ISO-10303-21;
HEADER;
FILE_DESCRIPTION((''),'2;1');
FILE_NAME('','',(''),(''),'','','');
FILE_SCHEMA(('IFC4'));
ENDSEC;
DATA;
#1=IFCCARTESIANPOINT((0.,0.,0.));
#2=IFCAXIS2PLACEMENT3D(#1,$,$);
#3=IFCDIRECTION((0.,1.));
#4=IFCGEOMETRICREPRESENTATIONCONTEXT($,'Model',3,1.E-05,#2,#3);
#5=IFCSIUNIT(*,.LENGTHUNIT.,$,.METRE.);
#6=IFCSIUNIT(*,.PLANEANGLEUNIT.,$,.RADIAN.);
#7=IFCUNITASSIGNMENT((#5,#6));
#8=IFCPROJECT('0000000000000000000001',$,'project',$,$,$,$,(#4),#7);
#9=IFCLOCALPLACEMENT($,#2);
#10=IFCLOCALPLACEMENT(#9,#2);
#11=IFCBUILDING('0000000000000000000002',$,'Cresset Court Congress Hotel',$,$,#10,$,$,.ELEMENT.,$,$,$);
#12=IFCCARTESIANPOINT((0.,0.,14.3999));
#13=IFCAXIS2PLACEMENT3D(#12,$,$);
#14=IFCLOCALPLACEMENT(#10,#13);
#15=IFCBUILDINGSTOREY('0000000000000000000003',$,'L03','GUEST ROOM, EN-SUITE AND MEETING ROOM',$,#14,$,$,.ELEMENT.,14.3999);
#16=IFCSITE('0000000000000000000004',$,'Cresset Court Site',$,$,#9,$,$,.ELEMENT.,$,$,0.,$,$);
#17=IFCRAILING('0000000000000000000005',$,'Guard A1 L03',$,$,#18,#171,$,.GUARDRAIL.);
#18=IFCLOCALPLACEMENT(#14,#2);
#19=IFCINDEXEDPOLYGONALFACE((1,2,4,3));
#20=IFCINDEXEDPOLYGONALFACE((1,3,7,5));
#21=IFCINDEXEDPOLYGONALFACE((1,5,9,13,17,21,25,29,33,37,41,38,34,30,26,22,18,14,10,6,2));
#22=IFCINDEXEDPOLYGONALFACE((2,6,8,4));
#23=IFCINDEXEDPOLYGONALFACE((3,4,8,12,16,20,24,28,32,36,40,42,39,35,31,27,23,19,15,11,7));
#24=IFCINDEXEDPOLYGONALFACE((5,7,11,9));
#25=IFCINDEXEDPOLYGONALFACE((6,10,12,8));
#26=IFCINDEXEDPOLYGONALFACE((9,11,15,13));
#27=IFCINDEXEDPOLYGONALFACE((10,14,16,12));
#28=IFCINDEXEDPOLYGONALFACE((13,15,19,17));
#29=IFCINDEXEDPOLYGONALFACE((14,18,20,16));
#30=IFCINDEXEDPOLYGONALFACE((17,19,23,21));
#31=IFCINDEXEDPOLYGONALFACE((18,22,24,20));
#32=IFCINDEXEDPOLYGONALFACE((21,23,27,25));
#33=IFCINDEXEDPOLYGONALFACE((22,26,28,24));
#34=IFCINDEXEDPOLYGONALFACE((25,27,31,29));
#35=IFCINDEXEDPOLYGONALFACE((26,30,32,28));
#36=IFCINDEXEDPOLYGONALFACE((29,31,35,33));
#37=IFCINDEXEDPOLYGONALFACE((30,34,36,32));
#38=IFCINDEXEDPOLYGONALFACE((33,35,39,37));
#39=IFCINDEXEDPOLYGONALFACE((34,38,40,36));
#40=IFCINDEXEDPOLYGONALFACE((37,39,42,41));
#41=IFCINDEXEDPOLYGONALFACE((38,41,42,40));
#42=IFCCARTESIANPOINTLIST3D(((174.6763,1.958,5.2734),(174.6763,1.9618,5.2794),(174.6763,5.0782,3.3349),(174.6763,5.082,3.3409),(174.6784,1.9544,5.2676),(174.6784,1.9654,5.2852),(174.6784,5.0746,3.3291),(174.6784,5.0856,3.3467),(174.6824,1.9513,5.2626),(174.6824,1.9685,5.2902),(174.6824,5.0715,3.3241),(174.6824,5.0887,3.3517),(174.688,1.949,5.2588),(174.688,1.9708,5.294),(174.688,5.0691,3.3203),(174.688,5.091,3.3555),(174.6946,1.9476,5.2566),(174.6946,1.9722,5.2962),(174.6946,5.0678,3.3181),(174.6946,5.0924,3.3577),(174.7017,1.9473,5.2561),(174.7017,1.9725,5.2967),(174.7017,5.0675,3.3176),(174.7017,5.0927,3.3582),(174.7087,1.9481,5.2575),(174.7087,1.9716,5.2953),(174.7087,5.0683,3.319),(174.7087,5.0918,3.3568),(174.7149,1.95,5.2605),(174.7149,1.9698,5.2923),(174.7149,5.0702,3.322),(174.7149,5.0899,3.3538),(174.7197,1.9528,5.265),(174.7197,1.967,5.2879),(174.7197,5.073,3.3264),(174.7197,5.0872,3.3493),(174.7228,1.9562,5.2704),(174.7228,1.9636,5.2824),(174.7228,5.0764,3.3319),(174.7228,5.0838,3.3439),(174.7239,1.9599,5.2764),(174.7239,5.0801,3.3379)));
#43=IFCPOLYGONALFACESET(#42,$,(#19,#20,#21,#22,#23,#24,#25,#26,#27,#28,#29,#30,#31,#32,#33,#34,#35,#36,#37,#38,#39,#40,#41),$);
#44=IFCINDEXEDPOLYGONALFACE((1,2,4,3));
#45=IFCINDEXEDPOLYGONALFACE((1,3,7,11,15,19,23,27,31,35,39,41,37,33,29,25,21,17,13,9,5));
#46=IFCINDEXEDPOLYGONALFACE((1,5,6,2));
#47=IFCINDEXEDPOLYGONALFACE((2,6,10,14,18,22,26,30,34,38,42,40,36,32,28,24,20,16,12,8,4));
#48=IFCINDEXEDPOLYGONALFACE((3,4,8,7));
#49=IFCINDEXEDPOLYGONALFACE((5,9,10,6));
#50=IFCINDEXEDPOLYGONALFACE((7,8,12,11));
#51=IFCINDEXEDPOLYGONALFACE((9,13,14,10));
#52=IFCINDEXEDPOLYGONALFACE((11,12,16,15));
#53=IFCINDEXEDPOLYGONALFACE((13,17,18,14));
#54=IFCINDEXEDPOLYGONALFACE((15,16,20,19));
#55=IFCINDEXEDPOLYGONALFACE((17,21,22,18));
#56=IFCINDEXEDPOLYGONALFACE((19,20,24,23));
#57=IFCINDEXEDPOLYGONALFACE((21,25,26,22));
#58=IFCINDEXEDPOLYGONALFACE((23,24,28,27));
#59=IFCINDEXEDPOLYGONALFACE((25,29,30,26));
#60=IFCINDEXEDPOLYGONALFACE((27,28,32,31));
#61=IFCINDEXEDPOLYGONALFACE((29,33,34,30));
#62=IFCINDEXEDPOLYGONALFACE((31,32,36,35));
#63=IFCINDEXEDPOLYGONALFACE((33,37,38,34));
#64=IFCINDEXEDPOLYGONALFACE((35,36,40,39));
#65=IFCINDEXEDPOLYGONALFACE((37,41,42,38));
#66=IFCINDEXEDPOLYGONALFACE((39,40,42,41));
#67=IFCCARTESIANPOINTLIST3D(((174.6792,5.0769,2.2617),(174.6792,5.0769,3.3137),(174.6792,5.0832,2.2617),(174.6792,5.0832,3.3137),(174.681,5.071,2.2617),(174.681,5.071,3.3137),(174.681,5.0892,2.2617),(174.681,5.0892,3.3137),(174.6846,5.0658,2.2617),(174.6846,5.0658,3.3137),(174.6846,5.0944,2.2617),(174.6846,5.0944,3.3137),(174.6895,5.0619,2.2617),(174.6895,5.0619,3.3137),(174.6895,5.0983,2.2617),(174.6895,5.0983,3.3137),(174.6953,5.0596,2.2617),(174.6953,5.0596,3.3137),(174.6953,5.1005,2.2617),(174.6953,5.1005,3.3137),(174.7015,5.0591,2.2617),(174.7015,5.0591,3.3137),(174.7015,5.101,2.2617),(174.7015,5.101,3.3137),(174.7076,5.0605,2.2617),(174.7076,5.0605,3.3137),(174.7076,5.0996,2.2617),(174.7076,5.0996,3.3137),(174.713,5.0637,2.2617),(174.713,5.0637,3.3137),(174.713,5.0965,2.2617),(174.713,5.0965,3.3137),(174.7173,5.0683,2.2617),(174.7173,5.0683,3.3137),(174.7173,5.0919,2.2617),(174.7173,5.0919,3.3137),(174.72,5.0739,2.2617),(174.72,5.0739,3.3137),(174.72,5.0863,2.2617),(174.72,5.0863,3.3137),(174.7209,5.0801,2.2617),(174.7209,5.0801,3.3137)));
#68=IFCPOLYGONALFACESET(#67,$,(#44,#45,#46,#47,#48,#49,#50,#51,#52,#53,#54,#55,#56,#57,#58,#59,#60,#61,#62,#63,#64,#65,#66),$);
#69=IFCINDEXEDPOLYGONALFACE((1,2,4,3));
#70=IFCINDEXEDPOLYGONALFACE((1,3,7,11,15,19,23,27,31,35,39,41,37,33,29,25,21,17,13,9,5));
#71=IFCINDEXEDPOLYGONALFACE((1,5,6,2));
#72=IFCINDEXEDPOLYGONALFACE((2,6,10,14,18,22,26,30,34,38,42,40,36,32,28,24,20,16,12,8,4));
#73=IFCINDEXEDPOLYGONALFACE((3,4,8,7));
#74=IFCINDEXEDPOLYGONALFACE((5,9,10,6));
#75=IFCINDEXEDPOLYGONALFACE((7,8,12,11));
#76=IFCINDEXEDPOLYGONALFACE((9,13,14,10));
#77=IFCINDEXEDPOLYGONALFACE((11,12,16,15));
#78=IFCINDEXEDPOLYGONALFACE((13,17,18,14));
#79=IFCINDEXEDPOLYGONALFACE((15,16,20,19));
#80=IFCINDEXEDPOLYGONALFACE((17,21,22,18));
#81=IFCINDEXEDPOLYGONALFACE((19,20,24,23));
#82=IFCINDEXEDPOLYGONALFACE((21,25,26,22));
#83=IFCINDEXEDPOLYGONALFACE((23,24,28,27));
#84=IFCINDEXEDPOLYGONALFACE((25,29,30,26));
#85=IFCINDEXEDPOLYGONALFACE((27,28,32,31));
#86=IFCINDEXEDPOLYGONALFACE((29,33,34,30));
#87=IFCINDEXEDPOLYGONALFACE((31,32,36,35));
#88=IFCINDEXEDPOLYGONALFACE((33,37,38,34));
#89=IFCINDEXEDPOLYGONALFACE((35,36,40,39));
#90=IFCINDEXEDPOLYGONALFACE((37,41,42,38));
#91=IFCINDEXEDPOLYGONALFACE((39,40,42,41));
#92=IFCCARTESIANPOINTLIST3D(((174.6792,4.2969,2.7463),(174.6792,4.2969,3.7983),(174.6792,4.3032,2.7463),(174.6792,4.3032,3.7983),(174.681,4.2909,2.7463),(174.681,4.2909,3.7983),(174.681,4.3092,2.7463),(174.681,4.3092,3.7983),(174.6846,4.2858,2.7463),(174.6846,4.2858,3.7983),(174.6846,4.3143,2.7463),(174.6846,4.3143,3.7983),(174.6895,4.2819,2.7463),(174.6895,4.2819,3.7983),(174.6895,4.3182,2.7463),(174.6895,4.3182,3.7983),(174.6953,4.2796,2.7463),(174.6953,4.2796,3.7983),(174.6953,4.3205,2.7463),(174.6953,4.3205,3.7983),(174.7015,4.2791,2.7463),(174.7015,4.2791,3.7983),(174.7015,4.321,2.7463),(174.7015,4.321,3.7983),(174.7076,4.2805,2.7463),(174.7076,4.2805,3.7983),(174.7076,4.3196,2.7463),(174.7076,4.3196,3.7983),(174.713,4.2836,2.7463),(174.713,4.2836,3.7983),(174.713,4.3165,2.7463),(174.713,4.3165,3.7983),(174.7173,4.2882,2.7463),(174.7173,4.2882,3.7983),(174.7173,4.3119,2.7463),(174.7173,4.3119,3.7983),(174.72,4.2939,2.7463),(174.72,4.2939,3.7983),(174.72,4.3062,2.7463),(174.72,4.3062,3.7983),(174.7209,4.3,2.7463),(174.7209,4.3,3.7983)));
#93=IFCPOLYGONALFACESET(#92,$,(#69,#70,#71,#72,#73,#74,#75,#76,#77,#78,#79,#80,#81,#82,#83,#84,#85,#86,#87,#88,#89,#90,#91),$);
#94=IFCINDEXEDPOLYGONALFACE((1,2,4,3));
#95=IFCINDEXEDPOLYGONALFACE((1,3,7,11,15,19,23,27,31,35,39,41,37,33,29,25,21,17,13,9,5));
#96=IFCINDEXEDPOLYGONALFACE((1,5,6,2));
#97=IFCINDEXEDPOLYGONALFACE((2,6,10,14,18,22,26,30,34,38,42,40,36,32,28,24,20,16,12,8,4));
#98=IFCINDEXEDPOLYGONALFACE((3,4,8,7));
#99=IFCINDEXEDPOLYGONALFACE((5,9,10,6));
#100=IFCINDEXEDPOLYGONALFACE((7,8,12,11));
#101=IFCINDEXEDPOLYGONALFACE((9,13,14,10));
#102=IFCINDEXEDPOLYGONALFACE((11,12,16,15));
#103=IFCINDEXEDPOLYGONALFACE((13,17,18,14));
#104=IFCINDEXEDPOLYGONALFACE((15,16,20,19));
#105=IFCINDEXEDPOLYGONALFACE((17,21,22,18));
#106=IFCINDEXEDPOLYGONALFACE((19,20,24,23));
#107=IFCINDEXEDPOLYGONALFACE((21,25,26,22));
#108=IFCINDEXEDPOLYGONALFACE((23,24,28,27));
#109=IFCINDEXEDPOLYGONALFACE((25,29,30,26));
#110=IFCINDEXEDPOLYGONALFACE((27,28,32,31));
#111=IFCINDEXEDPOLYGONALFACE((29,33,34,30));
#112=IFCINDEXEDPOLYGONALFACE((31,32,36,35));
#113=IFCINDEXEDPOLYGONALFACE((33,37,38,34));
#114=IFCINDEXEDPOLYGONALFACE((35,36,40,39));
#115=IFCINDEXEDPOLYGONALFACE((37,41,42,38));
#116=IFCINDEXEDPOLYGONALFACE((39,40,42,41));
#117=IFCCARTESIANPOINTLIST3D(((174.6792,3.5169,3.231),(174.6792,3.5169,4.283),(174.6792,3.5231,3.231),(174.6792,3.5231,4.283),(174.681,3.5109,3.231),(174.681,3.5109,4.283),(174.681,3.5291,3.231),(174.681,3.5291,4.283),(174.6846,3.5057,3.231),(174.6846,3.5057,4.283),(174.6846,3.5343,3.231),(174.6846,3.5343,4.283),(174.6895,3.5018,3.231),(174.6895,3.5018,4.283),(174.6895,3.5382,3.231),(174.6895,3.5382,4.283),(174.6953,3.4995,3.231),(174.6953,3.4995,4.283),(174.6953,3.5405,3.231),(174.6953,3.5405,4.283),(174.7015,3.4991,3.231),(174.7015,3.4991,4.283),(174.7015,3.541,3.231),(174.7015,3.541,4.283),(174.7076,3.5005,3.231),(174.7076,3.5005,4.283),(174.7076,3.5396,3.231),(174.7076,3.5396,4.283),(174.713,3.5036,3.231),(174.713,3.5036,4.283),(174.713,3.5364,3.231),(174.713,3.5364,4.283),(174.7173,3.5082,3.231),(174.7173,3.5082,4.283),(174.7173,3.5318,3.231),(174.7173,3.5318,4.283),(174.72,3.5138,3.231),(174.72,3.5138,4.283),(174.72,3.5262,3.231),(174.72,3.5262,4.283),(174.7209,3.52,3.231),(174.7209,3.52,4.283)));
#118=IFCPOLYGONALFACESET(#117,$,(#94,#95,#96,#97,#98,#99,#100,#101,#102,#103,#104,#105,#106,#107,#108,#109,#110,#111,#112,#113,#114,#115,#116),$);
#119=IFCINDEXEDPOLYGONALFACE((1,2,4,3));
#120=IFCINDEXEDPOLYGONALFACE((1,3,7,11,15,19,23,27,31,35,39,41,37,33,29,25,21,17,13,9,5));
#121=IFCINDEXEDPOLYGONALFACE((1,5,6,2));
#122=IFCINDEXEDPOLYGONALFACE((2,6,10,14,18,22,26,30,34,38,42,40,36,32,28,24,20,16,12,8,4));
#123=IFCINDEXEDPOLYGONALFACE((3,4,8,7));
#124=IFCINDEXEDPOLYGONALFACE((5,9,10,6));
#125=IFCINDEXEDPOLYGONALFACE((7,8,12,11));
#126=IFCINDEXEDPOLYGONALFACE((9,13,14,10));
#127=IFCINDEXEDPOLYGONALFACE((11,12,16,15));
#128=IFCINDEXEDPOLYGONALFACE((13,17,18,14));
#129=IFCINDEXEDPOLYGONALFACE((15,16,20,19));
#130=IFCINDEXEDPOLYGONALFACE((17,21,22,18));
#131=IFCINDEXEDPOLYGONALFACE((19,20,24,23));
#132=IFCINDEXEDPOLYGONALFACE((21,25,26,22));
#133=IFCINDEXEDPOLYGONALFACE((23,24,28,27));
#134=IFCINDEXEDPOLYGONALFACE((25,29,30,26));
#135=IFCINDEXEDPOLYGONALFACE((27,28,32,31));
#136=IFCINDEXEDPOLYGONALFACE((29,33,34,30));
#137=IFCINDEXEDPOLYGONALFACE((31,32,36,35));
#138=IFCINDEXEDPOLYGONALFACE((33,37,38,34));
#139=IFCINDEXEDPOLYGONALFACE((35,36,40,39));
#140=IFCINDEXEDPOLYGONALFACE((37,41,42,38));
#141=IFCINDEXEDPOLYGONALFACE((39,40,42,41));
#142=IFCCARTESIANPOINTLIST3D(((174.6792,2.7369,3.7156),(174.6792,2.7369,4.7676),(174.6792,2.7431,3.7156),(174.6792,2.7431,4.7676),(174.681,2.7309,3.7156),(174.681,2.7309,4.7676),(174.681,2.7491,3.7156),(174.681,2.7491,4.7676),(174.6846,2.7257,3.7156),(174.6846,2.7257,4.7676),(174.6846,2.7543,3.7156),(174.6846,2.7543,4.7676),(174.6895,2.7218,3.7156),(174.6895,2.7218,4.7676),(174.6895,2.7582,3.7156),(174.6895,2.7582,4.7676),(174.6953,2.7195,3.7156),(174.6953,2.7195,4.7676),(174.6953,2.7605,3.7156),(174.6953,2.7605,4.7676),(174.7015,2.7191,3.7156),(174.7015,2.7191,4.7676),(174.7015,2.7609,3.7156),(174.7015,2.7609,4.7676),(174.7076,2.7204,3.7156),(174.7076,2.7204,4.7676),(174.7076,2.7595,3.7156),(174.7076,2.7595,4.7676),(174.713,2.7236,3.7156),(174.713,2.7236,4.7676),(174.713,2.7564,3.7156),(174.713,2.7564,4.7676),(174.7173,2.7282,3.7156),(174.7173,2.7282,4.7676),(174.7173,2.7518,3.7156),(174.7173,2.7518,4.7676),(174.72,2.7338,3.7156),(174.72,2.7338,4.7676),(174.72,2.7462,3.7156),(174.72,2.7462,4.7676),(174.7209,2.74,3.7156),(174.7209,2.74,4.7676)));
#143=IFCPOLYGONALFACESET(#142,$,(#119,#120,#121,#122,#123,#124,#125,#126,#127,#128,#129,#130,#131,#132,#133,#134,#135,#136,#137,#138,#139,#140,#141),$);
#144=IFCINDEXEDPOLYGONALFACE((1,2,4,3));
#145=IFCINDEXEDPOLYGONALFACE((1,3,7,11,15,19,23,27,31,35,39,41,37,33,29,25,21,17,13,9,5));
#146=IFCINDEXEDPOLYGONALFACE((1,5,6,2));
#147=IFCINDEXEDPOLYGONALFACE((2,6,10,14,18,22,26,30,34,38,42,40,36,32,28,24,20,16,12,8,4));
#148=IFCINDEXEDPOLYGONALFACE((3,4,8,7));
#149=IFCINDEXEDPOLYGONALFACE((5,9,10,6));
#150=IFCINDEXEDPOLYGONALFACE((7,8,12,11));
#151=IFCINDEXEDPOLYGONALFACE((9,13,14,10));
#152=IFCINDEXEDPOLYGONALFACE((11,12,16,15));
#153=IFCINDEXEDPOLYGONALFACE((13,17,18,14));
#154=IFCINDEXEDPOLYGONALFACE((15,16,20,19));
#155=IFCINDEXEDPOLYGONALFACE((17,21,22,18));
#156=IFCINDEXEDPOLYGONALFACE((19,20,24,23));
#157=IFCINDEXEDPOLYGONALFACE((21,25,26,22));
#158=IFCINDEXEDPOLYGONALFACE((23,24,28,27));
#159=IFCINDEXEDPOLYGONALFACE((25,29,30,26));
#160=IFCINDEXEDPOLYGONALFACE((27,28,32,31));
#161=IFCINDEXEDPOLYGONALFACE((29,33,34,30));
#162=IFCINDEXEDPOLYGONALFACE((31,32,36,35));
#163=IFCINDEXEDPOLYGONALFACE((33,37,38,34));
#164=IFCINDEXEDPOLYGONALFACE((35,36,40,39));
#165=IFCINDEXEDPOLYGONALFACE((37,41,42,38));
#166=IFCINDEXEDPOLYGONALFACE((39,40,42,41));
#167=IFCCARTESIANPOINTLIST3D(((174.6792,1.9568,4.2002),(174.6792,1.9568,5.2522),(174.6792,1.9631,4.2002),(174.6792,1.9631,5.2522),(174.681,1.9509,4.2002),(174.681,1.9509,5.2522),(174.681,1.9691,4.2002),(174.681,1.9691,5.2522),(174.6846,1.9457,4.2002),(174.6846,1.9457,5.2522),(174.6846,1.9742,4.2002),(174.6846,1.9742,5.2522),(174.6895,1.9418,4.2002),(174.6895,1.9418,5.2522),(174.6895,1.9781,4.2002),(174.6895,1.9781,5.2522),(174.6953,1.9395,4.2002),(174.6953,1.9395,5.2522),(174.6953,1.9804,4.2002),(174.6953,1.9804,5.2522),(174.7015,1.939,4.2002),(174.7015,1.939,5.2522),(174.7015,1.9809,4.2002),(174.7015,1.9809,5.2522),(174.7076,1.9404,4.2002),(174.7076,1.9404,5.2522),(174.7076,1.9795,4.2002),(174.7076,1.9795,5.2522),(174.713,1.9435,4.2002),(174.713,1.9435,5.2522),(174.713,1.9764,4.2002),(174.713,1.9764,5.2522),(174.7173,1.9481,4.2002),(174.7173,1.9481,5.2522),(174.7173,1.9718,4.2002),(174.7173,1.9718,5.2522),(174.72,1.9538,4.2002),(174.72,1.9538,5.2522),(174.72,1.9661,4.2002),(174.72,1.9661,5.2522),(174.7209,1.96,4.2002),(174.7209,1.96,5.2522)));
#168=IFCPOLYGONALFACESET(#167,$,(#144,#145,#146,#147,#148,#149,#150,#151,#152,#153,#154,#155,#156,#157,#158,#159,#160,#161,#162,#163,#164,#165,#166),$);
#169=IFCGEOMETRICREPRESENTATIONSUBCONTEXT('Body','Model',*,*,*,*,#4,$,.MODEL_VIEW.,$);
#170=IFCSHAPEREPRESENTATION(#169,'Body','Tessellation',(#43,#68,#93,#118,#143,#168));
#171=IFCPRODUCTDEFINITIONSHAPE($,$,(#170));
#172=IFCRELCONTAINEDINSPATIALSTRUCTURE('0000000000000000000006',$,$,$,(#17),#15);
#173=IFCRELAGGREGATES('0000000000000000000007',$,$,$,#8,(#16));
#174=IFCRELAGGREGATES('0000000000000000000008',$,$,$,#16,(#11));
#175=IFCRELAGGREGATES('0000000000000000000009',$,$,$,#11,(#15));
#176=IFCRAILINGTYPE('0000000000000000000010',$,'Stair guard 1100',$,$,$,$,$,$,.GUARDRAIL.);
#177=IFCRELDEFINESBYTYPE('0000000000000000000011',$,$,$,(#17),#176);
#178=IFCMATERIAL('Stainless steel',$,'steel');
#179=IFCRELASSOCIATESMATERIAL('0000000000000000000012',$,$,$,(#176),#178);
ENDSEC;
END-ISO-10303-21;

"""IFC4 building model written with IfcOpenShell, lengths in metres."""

from ifc_helpers import new_model, si_unit, direction, frame, origin, origin_2d, place, context, subcontext, project, spatial, circle, extrude, material, type_object, element, save


model = new_model("IFC4")

# Units and contexts
model_context = context("Model", 3, precision=1e-05, world=origin(), true_north=direction((0.0, 1.0)))
body_context = subcontext(model_context, "Body", "Model", "MODEL_VIEW")
ifc_project = project(units=[si_unit("LENGTHUNIT", "METRE"), si_unit("PLANEANGLEUNIT", "RADIAN")], contexts=[model_context])

# Site, building, storey
site_placement = place(None, origin())
site = spatial("IfcSite", under=ifc_project, at=site_placement, Name="Cresset Court Site", CompositionType="ELEMENT", RefElevation=0.0)
building_placement = place(site_placement, origin())
building = spatial("IfcBuilding", under=site, at=building_placement, Name="Cresset Court Congress Hotel", CompositionType="ELEMENT")
storey_placement = place(building_placement, frame((0.0, 0.0, 14.3999)))
storey = spatial("IfcBuildingStorey", under=building, at=storey_placement, Name="L03", Description="GUEST ROOM, EN-SUITE AND MEETING ROOM", CompositionType="ELEMENT", Elevation=14.3999)

# Railing
ifc_material_1 = material(Name="Stainless steel", Category="steel")
railing_type_1 = type_object("IfcRailingType", Name="Stair guard 1100", PredefinedType="GUARDRAIL", material=ifc_material_1)
railing_placement = place(storey_placement, frame((174.7, 5.0801, 2.2617)))
element("IfcRailing", 1, at=railing_placement, inside=storey, type_object=railing_type_1, Name="Guard A1 L03", PredefinedType="GUARDRAIL", context=body_context, shape_type="SweptSolid", body=[
    extrude(circle(Radius=0.0239, at=origin_2d()), frame((0.0, 0.0, 1.0762), z_axis=(0.0, -0.849414, 0.527727), x_axis=(1.0, 0.0, 0.0)), (0.0, 0.0, 1.0), 3.6733),
    extrude(circle(Radius=0.021, at=origin_2d()), origin(), (0.0, 0.0, 1.0), 1.052),
    extrude(circle(Radius=0.021, at=origin_2d()), frame((0.0, -0.78, 0.4846)), (0.0, 0.0, 1.0), 1.052),
    extrude(circle(Radius=0.021, at=origin_2d()), frame((0.0, -1.5601, 0.9692)), (0.0, 0.0, 1.0), 1.052),
    extrude(circle(Radius=0.021, at=origin_2d()), frame((0.0, -2.3401, 1.4539)), (0.0, 0.0, 1.0), 1.052),
    extrude(circle(Radius=0.021, at=origin_2d()), frame((0.0, -3.1201, 1.9385)), (0.0, 0.0, 1.0), 1.052),
])

save(model, "model.ifc")
